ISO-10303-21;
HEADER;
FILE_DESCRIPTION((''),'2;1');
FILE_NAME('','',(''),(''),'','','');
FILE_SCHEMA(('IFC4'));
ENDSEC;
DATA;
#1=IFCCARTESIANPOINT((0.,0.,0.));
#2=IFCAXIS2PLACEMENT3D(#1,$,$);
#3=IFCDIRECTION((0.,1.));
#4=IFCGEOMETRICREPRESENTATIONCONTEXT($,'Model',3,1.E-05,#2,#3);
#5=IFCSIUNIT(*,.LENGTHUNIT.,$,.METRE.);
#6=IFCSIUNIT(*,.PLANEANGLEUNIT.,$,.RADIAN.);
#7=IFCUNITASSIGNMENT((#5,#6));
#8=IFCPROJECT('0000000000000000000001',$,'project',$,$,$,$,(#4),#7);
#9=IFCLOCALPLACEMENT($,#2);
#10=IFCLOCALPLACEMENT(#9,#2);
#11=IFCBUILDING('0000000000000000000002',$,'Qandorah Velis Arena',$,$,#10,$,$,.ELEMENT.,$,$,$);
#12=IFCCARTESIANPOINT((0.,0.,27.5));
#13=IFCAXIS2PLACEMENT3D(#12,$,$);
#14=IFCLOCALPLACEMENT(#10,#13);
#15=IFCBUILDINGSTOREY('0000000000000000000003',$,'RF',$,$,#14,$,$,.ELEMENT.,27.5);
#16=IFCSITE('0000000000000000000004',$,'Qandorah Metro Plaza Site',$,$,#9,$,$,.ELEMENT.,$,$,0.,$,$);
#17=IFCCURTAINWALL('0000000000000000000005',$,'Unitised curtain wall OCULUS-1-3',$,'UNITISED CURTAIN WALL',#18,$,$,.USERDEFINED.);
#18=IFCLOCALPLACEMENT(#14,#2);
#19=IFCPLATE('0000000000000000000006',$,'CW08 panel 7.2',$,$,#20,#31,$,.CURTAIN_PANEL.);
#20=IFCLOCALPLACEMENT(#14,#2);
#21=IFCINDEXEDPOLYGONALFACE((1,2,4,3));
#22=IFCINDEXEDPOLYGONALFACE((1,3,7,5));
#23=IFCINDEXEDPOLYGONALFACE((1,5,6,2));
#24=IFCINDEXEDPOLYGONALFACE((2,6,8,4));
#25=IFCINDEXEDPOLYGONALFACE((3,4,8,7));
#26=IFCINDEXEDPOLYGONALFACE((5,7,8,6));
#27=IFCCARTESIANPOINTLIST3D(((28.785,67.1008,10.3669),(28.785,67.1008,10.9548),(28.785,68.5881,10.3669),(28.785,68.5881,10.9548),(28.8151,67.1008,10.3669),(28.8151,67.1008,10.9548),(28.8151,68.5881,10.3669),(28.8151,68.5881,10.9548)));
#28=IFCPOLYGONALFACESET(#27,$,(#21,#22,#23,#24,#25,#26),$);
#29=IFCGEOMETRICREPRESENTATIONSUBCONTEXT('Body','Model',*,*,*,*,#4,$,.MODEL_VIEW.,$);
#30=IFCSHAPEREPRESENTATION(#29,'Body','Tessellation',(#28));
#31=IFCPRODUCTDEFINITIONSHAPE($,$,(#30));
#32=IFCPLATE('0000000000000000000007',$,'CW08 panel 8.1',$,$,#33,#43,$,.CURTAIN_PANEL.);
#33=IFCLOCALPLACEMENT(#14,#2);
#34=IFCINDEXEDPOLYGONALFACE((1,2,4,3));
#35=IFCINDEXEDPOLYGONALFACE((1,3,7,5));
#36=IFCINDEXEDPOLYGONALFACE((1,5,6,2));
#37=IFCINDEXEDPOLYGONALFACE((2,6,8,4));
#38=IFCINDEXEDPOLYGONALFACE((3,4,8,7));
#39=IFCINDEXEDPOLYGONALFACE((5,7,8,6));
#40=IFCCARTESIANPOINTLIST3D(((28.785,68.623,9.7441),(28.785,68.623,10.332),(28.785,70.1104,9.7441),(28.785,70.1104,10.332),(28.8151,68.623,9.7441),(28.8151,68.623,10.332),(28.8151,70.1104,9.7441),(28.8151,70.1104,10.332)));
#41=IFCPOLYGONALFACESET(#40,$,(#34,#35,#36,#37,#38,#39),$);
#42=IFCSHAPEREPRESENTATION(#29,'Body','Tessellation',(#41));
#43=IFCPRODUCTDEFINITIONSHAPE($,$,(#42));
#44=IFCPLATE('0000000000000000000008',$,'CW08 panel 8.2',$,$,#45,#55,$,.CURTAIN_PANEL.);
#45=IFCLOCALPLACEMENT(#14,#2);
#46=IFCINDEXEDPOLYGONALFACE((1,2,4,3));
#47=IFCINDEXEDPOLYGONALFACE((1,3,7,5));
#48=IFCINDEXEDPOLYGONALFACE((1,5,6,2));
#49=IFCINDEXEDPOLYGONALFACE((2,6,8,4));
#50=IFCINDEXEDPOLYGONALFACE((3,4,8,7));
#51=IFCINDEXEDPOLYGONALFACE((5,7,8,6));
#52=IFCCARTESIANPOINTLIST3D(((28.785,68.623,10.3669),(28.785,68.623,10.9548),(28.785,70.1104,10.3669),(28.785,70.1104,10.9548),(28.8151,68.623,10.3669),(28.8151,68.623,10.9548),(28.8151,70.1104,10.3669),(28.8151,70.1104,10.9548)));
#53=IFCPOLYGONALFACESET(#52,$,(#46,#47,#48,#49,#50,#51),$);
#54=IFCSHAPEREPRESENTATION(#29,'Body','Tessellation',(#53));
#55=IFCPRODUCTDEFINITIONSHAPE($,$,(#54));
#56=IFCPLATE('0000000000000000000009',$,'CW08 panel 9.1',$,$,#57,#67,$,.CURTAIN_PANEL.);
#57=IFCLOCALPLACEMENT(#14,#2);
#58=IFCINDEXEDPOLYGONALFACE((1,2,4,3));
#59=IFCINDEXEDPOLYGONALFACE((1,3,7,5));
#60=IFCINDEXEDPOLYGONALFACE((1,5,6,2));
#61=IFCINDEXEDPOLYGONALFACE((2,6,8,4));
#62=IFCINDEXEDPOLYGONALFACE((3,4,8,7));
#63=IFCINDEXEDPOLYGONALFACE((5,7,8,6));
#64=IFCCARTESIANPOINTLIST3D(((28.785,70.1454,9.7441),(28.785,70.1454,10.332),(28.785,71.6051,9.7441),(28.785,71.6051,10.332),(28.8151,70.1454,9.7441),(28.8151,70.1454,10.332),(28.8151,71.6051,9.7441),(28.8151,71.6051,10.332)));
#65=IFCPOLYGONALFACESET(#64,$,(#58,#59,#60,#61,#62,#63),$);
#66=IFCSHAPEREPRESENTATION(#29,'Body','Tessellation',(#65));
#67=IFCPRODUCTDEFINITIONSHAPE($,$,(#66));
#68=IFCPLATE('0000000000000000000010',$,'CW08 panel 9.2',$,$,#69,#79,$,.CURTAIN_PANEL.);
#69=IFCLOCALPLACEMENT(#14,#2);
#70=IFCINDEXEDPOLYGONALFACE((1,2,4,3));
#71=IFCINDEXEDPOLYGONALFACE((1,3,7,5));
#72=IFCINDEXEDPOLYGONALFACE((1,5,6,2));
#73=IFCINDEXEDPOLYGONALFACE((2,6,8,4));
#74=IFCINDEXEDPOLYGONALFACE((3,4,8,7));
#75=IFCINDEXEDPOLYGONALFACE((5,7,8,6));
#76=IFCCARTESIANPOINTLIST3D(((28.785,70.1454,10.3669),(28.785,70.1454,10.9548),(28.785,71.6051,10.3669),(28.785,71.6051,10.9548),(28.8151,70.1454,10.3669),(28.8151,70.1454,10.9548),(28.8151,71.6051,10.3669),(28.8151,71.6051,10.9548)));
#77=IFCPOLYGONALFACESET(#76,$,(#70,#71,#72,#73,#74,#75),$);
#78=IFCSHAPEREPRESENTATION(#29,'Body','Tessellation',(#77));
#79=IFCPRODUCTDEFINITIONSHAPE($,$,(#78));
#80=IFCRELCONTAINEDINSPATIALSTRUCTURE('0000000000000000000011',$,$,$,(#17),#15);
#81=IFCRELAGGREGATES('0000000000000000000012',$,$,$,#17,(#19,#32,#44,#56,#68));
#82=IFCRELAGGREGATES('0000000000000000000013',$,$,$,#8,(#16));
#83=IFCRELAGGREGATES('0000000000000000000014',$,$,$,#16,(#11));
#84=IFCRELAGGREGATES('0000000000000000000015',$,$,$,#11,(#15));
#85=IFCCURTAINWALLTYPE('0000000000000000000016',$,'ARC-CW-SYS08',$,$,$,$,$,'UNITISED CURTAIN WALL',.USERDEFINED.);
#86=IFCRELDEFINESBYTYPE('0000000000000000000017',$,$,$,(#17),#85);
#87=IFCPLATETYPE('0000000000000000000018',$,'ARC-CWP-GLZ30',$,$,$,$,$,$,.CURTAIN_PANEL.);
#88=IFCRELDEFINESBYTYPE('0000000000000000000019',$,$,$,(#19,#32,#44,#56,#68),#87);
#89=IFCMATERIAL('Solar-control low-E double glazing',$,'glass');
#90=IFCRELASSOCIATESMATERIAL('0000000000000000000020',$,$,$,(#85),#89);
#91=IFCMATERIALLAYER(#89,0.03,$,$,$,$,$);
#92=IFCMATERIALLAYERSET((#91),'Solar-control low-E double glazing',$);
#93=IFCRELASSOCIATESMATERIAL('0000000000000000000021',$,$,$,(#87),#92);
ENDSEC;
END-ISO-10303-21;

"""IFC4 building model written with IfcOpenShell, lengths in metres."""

from ifc_helpers import new_model, si_unit, direction, frame, origin, origin_2d, place, context, subcontext, project, spatial, rectangle, extrude, material, layer, layer_set, type_object, element, aggregate, save


model = new_model("IFC4")

# Units and contexts
model_context = context("Model", 3, precision=1e-05, world=origin(), true_north=direction((0.0, 1.0)))
body_context = subcontext(model_context, "Body", "Model", "MODEL_VIEW")
ifc_project = project(units=[si_unit("LENGTHUNIT", "METRE"), si_unit("PLANEANGLEUNIT", "RADIAN")], contexts=[model_context])

# Site, building, storey
site_placement = place(None, origin())
site = spatial("IfcSite", under=ifc_project, at=site_placement, Name="Qandorah Metro Plaza Site", CompositionType="ELEMENT", RefElevation=0.0)
building_placement = place(site_placement, origin())
building = spatial("IfcBuilding", under=site, at=building_placement, Name="Qandorah Velis Arena", CompositionType="ELEMENT")
storey_placement = place(building_placement, frame((0.0, 0.0, 27.5)))
storey = spatial("IfcBuildingStorey", under=building, at=storey_placement, Name="RF", CompositionType="ELEMENT", Elevation=27.5)

# Curtain wall
ifc_material_1 = material(Name="Solar-control low-E double glazing", Category="glass")
curtain_wall_type = type_object("IfcCurtainWallType", Name="ARC-CW-SYS08", ElementType="UNITISED CURTAIN WALL", PredefinedType="USERDEFINED", material=ifc_material_1)
curtain_wall_placement = place(storey_placement, origin())
curtain_wall = element("IfcCurtainWall", 1, at=curtain_wall_placement, inside=storey, type_object=curtain_wall_type, Name="Unitised curtain wall OCULUS-1-3", ObjectType="UNITISED CURTAIN WALL", PredefinedType="USERDEFINED")

# Plates
ifc_layer = layer(ifc_material_1, 0.03)
ifc_layer_set = layer_set([ifc_layer], Name="Solar-control low-E double glazing")
plate_type = type_object("IfcPlateType", Name="ARC-CWP-GLZ30", PredefinedType="CURTAIN_PANEL", material=ifc_layer_set)
plate_1_placement = place(storey_placement, frame((28.8, 67.8445, 10.3669), z_axis=(0.0, 0.0, 1.0), x_axis=(0.0, 1.0, 0.0)))
plate_1 = element("IfcPlate", 2, at=plate_1_placement, type_object=plate_type, Name="CW08 panel 7.2", PredefinedType="CURTAIN_PANEL", context=body_context, shape_type="SweptSolid", body=[
    extrude(rectangle(XDim=1.4873, YDim=0.03, at=origin_2d()), origin(), (0.0, 0.0, 1.0), 0.5879),
])
plate_2_placement = place(storey_placement, frame((28.8, 69.3667, 9.7441), z_axis=(0.0, 0.0, 1.0), x_axis=(0.0, 1.0, 0.0)))
plate_2 = element("IfcPlate", 3, at=plate_2_placement, type_object=plate_type, Name="CW08 panel 8.1", PredefinedType="CURTAIN_PANEL", context=body_context, shape_type="SweptSolid", body=[
    extrude(rectangle(XDim=1.4873, YDim=0.03, at=origin_2d()), origin(), (0.0, 0.0, 1.0), 0.5879),
])
plate_3_placement = place(storey_placement, frame((28.8, 69.3667, 10.3669), z_axis=(0.0, 0.0, 1.0), x_axis=(0.0, 1.0, 0.0)))
plate_3 = element("IfcPlate", 4, at=plate_3_placement, type_object=plate_type, Name="CW08 panel 8.2", PredefinedType="CURTAIN_PANEL", context=body_context, shape_type="SweptSolid", body=[
    extrude(rectangle(XDim=1.4873, YDim=0.03, at=origin_2d()), origin(), (0.0, 0.0, 1.0), 0.5879),
])
plate_4_placement = place(storey_placement, frame((28.8, 70.8752, 9.7441), z_axis=(0.0, 0.0, 1.0), x_axis=(0.0, 1.0, 0.0)))
plate_4 = element("IfcPlate", 5, at=plate_4_placement, type_object=plate_type, Name="CW08 panel 9.1", PredefinedType="CURTAIN_PANEL", context=body_context, shape_type="SweptSolid", body=[
    extrude(rectangle(XDim=1.4597, YDim=0.03, at=origin_2d()), origin(), (0.0, 0.0, 1.0), 0.5879),
])
plate_5_placement = place(storey_placement, frame((28.8, 70.8752, 10.3669), z_axis=(0.0, 0.0, 1.0), x_axis=(0.0, 1.0, 0.0)))
plate_5 = element("IfcPlate", 6, at=plate_5_placement, type_object=plate_type, Name="CW08 panel 9.2", PredefinedType="CURTAIN_PANEL", context=body_context, shape_type="SweptSolid", body=[
    extrude(rectangle(XDim=1.4597, YDim=0.03, at=origin_2d()), origin(), (0.0, 0.0, 1.0), 0.5879),
])
aggregate(curtain_wall, [plate_1, plate_2, plate_3, plate_4, plate_5])

save(model, "model.ifc")
